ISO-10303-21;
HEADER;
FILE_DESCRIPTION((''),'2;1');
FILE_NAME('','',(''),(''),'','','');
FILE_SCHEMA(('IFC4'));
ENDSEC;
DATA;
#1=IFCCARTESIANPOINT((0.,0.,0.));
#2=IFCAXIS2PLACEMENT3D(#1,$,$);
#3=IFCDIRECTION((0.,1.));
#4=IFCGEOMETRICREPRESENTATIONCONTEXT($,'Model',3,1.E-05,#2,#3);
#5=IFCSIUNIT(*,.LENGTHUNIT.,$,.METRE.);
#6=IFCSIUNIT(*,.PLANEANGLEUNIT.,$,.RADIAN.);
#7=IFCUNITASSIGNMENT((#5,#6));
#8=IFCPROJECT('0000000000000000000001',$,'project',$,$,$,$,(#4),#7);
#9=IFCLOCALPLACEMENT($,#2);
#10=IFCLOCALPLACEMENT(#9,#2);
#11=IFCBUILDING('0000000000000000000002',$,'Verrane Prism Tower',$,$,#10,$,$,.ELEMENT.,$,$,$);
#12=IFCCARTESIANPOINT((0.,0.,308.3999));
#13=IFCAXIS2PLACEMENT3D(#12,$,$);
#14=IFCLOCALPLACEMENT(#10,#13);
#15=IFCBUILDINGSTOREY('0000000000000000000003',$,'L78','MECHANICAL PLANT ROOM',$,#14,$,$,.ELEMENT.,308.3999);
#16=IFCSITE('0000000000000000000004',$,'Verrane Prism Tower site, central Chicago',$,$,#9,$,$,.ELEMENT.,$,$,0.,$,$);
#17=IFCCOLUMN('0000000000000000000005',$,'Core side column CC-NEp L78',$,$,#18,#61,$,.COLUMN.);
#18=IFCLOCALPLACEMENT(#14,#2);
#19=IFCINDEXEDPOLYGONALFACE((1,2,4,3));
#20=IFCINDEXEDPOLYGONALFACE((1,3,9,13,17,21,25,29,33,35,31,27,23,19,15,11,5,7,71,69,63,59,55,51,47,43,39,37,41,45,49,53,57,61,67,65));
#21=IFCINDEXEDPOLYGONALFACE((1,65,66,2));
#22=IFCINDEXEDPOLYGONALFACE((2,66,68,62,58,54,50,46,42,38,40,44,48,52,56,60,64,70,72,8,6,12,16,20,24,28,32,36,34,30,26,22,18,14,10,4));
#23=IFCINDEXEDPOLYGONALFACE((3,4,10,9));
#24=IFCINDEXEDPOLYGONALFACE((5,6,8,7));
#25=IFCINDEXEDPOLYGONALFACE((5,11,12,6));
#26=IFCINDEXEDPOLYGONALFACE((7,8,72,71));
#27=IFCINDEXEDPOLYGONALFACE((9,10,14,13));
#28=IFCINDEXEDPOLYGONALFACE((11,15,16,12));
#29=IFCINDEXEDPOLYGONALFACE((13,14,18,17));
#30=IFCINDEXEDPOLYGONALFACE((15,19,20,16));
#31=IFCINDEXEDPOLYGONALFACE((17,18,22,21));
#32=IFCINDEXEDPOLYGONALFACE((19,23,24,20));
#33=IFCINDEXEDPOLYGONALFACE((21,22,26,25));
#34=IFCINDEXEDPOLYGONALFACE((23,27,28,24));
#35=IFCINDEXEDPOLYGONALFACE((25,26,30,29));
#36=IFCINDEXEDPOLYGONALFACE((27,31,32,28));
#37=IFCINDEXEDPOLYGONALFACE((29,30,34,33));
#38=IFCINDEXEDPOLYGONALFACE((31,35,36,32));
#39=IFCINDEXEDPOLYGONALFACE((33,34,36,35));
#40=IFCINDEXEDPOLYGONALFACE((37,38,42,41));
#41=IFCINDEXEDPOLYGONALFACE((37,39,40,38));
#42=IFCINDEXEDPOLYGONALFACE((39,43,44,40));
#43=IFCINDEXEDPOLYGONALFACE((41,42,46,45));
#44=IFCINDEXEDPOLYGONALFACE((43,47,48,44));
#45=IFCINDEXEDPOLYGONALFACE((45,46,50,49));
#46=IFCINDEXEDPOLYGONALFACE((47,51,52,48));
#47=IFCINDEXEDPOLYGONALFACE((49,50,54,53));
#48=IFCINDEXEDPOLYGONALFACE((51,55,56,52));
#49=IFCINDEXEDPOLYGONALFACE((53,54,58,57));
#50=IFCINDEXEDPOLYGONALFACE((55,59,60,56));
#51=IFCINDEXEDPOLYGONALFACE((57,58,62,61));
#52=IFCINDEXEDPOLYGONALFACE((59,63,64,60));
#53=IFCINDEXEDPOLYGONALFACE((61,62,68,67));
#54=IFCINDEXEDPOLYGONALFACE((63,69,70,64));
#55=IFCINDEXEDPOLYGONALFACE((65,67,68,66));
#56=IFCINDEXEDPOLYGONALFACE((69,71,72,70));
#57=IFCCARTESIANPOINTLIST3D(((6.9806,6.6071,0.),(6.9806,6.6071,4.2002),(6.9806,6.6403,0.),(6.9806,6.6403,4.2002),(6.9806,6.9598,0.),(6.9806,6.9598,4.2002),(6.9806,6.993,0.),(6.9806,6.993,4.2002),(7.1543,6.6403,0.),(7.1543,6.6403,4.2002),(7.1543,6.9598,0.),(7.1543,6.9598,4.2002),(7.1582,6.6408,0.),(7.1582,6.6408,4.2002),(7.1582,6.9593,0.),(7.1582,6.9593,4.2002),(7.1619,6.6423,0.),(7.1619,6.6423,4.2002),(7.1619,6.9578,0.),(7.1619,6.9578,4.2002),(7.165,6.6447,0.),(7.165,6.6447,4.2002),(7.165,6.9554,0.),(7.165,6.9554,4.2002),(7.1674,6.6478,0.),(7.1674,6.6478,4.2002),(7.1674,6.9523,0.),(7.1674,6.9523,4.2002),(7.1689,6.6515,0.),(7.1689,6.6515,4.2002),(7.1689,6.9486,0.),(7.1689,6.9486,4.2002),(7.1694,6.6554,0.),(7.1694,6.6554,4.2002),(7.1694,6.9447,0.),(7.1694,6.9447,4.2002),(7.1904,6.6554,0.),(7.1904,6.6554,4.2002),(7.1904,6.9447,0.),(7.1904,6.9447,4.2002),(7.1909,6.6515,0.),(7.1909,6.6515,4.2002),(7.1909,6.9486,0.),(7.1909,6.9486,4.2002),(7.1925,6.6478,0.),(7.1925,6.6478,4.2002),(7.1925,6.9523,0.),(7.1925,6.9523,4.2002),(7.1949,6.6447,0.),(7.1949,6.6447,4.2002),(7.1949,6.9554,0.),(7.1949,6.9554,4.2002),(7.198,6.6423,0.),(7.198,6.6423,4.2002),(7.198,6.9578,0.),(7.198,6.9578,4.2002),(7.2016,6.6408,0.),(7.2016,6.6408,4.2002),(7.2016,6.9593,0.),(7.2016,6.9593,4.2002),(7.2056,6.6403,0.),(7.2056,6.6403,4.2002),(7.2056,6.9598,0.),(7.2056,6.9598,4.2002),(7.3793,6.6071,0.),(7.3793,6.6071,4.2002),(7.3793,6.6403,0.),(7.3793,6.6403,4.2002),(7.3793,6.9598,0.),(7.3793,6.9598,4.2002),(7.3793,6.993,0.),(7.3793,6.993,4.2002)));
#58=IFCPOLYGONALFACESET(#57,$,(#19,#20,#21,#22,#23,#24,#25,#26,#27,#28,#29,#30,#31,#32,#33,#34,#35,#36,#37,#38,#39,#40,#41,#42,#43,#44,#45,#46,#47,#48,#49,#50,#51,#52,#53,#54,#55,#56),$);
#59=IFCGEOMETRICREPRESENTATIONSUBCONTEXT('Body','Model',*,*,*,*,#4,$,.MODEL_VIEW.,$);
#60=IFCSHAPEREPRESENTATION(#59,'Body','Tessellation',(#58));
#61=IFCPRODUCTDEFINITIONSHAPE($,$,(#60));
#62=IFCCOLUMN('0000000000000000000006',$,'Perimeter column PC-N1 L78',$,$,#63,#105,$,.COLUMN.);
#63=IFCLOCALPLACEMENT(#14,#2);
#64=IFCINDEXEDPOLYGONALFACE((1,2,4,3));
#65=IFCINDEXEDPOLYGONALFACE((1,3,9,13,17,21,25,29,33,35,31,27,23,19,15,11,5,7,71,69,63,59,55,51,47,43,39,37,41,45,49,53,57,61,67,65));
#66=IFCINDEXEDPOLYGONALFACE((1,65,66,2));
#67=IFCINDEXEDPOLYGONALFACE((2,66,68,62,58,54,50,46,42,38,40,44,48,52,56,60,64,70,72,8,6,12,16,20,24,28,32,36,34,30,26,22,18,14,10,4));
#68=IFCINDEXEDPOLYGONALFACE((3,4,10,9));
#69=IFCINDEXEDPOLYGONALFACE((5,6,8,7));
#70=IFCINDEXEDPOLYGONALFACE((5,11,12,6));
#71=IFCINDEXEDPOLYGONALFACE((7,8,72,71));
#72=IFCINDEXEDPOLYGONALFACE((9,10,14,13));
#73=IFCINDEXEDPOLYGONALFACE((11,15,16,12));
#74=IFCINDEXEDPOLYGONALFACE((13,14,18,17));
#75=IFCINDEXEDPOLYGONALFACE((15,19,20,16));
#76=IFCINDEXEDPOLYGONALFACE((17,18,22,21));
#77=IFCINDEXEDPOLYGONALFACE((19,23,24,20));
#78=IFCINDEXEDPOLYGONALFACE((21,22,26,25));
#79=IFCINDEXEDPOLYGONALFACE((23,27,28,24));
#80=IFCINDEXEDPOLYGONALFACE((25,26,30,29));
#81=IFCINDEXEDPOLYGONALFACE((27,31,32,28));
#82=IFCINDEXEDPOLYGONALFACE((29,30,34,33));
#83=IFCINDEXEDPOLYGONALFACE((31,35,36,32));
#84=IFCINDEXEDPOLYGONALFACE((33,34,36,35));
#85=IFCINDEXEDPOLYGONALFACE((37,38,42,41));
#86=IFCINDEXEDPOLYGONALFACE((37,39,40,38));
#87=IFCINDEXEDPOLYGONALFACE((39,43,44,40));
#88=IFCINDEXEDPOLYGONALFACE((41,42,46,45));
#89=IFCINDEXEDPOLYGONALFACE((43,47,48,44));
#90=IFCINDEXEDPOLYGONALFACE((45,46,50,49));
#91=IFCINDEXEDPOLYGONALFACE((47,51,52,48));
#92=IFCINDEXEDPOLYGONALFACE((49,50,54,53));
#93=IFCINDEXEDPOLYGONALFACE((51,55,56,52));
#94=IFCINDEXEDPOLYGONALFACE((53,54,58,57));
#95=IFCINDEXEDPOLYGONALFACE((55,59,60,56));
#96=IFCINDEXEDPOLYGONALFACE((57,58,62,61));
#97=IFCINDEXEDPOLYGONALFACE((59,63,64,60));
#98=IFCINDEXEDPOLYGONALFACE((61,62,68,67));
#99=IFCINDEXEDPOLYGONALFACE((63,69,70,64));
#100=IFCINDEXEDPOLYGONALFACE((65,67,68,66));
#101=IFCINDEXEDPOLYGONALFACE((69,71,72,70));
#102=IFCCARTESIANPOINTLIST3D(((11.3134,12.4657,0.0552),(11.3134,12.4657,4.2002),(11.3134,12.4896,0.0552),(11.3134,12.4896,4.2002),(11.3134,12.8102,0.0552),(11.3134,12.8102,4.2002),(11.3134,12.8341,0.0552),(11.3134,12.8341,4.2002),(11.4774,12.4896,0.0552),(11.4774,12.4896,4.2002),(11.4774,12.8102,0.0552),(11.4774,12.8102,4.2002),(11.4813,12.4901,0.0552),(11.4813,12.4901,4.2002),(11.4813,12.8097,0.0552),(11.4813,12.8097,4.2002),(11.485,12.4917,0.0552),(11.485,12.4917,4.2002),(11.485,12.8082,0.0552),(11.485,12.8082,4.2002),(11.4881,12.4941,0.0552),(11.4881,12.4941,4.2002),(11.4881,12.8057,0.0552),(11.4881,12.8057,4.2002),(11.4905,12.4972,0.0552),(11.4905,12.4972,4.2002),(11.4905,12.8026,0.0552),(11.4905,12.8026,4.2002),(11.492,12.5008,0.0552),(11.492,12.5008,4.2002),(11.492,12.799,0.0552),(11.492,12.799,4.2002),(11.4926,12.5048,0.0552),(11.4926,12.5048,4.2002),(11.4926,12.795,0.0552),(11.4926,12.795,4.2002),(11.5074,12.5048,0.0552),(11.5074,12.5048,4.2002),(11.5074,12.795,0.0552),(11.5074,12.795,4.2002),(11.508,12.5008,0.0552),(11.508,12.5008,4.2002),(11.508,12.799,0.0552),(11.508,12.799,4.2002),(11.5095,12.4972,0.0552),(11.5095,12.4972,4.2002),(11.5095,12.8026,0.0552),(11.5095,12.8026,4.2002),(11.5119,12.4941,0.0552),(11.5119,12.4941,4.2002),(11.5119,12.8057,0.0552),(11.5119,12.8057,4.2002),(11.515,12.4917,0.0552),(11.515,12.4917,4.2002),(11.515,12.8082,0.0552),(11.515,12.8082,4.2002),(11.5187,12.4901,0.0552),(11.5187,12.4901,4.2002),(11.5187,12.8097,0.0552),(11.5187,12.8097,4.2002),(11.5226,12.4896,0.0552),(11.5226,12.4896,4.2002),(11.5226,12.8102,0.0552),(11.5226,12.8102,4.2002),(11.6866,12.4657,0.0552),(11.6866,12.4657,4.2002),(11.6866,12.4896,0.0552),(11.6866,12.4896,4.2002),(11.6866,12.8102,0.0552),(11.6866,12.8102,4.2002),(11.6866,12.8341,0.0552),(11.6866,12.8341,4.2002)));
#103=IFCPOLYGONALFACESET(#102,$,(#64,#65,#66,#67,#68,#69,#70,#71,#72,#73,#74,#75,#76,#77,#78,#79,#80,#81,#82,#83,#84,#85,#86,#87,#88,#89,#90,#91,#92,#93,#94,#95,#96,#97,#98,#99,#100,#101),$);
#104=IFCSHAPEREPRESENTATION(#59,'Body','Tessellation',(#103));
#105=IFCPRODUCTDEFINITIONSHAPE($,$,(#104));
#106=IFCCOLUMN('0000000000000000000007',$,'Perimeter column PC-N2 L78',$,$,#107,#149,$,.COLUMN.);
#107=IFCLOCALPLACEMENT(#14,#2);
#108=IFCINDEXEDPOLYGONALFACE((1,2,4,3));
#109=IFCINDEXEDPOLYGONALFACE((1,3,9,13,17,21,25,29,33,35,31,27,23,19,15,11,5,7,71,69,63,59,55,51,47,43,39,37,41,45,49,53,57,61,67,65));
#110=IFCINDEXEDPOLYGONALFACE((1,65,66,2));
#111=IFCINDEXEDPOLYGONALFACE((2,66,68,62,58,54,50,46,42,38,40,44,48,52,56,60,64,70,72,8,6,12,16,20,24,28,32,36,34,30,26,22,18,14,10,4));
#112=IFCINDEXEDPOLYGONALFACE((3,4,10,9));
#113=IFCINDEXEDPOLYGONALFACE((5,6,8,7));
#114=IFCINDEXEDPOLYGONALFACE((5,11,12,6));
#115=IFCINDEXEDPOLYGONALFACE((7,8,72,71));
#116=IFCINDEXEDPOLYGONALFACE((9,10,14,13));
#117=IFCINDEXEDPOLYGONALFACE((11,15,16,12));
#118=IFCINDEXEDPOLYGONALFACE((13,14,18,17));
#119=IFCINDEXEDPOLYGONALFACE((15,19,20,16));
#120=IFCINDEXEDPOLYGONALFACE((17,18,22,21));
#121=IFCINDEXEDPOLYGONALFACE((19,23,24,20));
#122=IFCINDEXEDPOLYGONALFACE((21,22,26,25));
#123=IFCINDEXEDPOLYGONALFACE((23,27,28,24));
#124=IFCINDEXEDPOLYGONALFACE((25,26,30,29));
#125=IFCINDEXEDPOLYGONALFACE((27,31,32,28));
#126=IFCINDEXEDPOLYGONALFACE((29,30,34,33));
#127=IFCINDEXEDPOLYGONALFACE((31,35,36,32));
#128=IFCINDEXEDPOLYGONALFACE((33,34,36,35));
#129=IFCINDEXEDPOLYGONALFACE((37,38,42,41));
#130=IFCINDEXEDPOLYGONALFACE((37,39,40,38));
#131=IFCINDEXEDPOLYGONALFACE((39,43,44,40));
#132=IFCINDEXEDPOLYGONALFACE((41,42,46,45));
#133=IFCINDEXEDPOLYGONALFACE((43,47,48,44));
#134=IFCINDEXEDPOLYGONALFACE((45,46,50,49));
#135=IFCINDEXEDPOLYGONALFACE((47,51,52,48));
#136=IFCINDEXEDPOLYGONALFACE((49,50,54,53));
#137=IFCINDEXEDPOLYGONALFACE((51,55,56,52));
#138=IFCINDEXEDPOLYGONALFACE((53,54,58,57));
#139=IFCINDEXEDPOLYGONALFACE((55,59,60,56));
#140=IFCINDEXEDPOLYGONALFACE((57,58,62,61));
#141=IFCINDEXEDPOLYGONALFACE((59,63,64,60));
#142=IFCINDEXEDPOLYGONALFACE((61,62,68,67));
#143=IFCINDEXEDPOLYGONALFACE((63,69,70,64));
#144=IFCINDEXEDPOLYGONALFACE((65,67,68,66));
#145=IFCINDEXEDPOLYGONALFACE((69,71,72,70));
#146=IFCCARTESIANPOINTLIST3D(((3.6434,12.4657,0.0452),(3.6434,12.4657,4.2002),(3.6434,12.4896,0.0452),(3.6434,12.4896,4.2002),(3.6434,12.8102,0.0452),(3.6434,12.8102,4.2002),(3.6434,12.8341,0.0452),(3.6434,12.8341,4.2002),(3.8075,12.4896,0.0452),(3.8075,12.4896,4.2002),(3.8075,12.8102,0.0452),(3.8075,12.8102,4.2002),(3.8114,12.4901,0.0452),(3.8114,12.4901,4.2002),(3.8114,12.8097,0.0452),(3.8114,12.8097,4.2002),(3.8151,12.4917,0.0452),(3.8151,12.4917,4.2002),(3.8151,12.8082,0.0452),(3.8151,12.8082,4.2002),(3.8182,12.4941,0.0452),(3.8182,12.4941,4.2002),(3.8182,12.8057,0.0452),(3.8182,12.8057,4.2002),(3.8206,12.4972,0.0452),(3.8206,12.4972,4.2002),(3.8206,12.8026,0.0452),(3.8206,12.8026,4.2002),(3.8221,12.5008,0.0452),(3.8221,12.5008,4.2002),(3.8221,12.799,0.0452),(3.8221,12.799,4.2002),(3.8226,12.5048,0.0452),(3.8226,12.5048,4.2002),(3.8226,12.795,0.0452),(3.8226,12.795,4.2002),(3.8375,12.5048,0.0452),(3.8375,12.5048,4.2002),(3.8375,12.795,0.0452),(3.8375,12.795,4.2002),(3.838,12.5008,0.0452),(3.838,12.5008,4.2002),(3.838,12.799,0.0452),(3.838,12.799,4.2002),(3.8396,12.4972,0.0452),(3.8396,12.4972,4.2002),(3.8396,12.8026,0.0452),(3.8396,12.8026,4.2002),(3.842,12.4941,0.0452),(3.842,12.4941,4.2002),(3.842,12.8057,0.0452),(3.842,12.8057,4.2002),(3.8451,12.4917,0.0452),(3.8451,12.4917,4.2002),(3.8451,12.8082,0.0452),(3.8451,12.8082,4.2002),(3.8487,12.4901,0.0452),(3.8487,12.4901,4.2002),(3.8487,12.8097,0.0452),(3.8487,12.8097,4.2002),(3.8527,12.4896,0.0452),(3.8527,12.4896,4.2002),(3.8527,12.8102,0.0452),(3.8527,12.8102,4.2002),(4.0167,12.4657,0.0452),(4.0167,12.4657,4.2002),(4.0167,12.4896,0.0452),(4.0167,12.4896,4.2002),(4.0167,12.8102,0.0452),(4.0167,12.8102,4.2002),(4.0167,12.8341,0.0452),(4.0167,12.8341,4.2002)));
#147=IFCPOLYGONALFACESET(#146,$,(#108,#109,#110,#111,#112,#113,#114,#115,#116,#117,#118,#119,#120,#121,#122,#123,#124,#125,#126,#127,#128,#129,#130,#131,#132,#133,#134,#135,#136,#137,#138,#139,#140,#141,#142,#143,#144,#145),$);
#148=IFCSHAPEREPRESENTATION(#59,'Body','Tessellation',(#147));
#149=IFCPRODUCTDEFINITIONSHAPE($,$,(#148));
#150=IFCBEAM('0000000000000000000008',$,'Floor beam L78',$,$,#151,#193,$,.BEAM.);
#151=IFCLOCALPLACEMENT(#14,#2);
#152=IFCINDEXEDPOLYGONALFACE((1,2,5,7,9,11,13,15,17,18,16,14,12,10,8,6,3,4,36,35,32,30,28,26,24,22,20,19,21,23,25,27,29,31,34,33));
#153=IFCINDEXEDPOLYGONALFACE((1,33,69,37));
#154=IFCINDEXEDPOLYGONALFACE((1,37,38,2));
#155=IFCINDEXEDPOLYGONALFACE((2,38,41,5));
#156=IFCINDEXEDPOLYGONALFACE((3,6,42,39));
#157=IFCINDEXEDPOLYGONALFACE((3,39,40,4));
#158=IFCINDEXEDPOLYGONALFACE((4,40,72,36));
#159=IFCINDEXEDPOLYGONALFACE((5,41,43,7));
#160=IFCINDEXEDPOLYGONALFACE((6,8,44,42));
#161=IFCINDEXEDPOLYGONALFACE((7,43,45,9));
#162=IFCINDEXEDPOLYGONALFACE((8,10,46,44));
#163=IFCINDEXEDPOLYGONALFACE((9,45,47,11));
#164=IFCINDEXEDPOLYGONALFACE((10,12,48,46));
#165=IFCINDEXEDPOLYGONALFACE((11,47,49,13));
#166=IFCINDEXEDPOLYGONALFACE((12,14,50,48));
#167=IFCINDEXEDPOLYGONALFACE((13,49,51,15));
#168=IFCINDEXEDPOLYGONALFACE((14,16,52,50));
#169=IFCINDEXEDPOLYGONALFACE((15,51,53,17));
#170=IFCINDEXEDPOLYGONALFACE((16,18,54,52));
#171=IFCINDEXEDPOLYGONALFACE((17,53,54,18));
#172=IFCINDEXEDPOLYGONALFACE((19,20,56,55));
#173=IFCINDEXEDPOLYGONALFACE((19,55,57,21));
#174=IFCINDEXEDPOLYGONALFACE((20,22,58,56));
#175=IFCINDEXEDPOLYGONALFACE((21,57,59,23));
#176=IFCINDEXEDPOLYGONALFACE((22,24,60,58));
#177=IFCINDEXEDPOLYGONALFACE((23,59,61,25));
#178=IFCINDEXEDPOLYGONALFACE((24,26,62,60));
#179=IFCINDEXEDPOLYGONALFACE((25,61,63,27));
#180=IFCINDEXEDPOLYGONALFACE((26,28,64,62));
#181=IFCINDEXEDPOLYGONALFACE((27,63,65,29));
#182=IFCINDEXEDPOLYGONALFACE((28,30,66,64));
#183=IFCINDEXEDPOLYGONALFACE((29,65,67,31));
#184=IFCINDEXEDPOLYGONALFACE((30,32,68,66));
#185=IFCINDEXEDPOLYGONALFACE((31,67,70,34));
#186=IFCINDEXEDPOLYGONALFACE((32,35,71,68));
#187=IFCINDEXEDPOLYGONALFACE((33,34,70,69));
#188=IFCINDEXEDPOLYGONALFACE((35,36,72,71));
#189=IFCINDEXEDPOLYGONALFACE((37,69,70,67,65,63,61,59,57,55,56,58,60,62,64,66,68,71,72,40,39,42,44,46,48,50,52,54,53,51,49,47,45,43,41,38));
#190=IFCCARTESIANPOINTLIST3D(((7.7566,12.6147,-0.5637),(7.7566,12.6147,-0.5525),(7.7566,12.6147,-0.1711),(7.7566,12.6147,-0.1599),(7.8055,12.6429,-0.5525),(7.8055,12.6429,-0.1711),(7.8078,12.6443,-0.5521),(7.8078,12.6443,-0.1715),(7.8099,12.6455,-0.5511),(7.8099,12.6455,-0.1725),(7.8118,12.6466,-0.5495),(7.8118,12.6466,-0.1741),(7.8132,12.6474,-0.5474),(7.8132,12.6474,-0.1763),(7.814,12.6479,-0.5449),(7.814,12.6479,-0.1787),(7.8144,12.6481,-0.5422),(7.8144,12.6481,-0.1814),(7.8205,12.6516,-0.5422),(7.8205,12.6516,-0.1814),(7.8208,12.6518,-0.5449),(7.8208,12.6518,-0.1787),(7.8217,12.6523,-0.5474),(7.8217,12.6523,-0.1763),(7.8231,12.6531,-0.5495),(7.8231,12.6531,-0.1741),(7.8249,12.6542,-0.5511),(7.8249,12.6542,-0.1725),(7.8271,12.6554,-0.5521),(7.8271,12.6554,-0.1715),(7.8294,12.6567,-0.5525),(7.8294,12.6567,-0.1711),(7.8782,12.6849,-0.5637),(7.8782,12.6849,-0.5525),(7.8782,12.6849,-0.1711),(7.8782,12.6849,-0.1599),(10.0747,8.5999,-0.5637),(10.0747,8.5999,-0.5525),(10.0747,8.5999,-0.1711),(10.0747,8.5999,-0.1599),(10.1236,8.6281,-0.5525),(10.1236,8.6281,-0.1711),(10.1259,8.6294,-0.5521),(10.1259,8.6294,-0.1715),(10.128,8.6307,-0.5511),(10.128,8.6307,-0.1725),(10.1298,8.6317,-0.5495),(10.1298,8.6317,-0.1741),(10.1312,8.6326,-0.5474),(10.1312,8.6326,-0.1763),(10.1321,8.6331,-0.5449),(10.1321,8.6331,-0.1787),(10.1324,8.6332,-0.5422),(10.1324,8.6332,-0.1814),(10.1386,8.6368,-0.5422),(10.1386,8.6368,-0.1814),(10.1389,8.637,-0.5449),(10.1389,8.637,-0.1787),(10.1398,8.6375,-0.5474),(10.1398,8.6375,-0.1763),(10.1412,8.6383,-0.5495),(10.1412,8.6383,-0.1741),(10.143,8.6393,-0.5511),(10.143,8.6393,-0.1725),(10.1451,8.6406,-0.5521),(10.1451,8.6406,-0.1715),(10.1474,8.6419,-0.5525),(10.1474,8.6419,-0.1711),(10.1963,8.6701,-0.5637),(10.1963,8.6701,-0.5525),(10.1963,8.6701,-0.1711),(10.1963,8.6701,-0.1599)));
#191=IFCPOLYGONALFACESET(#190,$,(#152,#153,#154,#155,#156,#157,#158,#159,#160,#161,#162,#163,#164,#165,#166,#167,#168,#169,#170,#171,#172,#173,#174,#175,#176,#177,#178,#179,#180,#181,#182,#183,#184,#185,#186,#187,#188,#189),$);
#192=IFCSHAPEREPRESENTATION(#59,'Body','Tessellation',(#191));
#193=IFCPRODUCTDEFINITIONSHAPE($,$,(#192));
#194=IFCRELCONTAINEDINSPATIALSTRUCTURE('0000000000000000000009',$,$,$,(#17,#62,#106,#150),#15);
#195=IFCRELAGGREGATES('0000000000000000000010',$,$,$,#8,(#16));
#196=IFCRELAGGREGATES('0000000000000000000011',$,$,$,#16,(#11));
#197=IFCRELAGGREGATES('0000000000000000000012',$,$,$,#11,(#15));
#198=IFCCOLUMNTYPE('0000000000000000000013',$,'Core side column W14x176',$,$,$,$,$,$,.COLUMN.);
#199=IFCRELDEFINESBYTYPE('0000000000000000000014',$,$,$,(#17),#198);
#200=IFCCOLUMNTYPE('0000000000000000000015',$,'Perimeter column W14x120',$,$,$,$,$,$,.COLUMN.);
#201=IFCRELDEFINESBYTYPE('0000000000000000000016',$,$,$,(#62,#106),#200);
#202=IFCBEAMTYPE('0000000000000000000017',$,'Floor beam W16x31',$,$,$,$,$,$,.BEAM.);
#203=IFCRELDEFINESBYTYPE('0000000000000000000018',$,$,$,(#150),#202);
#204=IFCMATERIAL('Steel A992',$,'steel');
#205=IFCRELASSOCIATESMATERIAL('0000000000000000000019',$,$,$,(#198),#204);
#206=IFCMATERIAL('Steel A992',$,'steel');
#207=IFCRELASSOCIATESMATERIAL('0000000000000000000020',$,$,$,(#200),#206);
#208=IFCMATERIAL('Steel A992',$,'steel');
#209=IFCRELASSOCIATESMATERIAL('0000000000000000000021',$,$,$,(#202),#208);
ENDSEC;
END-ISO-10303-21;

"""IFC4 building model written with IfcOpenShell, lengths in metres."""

from ifc_helpers import new_model, si_unit, direction, frame, origin, origin_2d, place, context, subcontext, project, spatial, i_section, extrude, material, material_profile, profile_set, type_object, element, save


model = new_model("IFC4")

# Units and contexts
model_context = context("Model", 3, precision=1e-05, world=origin(), true_north=direction((0.0, 1.0)))
body_context = subcontext(model_context, "Body", "Model", "MODEL_VIEW")
ifc_project = project(units=[si_unit("LENGTHUNIT", "METRE"), si_unit("PLANEANGLEUNIT", "RADIAN")], contexts=[model_context])

# Site, building, storey
site_placement = place(None, origin())
site = spatial("IfcSite", under=ifc_project, at=site_placement, Name="Verrane Prism Tower site, central Chicago", CompositionType="ELEMENT", RefElevation=0.0)
building_placement = place(site_placement, origin())
building = spatial("IfcBuilding", under=site, at=building_placement, Name="Verrane Prism Tower", CompositionType="ELEMENT")
storey_placement = place(building_placement, frame((0.0, 0.0, 308.3999)))
storey = spatial("IfcBuildingStorey", under=building, at=storey_placement, Name="L78", Description="MECHANICAL PLANT ROOM", CompositionType="ELEMENT", Elevation=308.3999)

# Columns
ifc_material_1 = material(Name="Steel A992", Category="steel")
ifc_material_profile_1 = material_profile(ifc_material_1, i_section(OverallWidth=0.3987, OverallDepth=0.386, WebThickness=0.021, FlangeThickness=0.0332, FilletRadius=0.0151, at=origin_2d()), Name="W14x176")
ifc_profile_set_1 = profile_set([ifc_material_profile_1], Name="Steel A992")
column_type_1 = type_object("IfcColumnType", Name="Core side column W14x176", PredefinedType="COLUMN", material=ifc_profile_set_1)
column_1_placement = place(storey_placement, frame((7.1799, 6.8, 0.0), z_axis=(0.0, 0.0, 1.0), x_axis=(1.0, 0.0, 0.0)))
element("IfcColumn", 1, at=column_1_placement, inside=storey, type_object=column_type_1, Name="Core side column CC-NEp L78", PredefinedType="COLUMN", context=body_context, shape_type="SweptSolid", body=[
    extrude(i_section(OverallWidth=0.3987, OverallDepth=0.386, WebThickness=0.021, FlangeThickness=0.0332, FilletRadius=0.0151, at=origin_2d()), origin(), (0.0, 0.0, 1.0), 4.2002),
])
ifc_material_2 = material(Name="Steel A992", Category="steel")
ifc_material_profile_2 = material_profile(ifc_material_2, i_section(OverallWidth=0.3733, OverallDepth=0.3684, WebThickness=0.0149, FlangeThickness=0.0239, FilletRadius=0.0151, at=origin_2d()), Name="W14x120")
ifc_profile_set_2 = profile_set([ifc_material_profile_2], Name="Steel A992")
column_type_2 = type_object("IfcColumnType", Name="Perimeter column W14x120", PredefinedType="COLUMN", material=ifc_profile_set_2)
column_2_placement = place(storey_placement, frame((11.5, 12.6499, 0.0552), z_axis=(0.0, 0.0, 1.0), x_axis=(1.0, 0.0, 0.0)))
element("IfcColumn", 2, at=column_2_placement, inside=storey, type_object=column_type_2, Name="Perimeter column PC-N1 L78", PredefinedType="COLUMN", context=body_context, shape_type="SweptSolid", body=[
    extrude(i_section(OverallWidth=0.3733, OverallDepth=0.3684, WebThickness=0.0149, FlangeThickness=0.0239, FilletRadius=0.0151, at=origin_2d()), origin(), (0.0, 0.0, 1.0), 4.145),
])
column_3_placement = place(storey_placement, frame((3.8301, 12.6499, 0.0452), z_axis=(0.0, 0.0, 1.0), x_axis=(1.0, 0.0, 0.0)))
element("IfcColumn", 3, at=column_3_placement, inside=storey, type_object=column_type_2, Name="Perimeter column PC-N2 L78", PredefinedType="COLUMN", context=body_context, shape_type="SweptSolid", body=[
    extrude(i_section(OverallWidth=0.3733, OverallDepth=0.3684, WebThickness=0.0149, FlangeThickness=0.0239, FilletRadius=0.0151, at=origin_2d()), origin(), (0.0, 0.0, 1.0), 4.155),
])

# Beam
ifc_material_3 = material(Name="Steel A992", Category="steel")
ifc_material_profile_3 = material_profile(ifc_material_3, i_section(OverallWidth=0.1404, OverallDepth=0.4038, WebThickness=0.0071, FlangeThickness=0.0112, FilletRadius=0.0103, at=origin_2d()), Name="W16x31")
ifc_profile_set_3 = profile_set([ifc_material_profile_3], Name="Steel A992")
beam_type_1 = type_object("IfcBeamType", Name="Floor beam W16x31", PredefinedType="BEAM", material=ifc_profile_set_3)
beam_1_placement = place(storey_placement, frame((10.1355, 8.635, -0.3618), z_axis=(-0.500019, 0.866015, 0.0), x_axis=(-0.866015, -0.500019, 0.0)))
element("IfcBeam", 4, at=beam_1_placement, inside=storey, type_object=beam_type_1, Name="Floor beam L78", PredefinedType="BEAM", context=body_context, shape_type="SweptSolid", body=[
    extrude(i_section(OverallWidth=0.1404, OverallDepth=0.4038, WebThickness=0.0071, FlangeThickness=0.0112, FilletRadius=0.0103, at=origin_2d()), origin(), (0.0, 0.0, 1.0), 4.636),
])

save(model, "model.ifc")
